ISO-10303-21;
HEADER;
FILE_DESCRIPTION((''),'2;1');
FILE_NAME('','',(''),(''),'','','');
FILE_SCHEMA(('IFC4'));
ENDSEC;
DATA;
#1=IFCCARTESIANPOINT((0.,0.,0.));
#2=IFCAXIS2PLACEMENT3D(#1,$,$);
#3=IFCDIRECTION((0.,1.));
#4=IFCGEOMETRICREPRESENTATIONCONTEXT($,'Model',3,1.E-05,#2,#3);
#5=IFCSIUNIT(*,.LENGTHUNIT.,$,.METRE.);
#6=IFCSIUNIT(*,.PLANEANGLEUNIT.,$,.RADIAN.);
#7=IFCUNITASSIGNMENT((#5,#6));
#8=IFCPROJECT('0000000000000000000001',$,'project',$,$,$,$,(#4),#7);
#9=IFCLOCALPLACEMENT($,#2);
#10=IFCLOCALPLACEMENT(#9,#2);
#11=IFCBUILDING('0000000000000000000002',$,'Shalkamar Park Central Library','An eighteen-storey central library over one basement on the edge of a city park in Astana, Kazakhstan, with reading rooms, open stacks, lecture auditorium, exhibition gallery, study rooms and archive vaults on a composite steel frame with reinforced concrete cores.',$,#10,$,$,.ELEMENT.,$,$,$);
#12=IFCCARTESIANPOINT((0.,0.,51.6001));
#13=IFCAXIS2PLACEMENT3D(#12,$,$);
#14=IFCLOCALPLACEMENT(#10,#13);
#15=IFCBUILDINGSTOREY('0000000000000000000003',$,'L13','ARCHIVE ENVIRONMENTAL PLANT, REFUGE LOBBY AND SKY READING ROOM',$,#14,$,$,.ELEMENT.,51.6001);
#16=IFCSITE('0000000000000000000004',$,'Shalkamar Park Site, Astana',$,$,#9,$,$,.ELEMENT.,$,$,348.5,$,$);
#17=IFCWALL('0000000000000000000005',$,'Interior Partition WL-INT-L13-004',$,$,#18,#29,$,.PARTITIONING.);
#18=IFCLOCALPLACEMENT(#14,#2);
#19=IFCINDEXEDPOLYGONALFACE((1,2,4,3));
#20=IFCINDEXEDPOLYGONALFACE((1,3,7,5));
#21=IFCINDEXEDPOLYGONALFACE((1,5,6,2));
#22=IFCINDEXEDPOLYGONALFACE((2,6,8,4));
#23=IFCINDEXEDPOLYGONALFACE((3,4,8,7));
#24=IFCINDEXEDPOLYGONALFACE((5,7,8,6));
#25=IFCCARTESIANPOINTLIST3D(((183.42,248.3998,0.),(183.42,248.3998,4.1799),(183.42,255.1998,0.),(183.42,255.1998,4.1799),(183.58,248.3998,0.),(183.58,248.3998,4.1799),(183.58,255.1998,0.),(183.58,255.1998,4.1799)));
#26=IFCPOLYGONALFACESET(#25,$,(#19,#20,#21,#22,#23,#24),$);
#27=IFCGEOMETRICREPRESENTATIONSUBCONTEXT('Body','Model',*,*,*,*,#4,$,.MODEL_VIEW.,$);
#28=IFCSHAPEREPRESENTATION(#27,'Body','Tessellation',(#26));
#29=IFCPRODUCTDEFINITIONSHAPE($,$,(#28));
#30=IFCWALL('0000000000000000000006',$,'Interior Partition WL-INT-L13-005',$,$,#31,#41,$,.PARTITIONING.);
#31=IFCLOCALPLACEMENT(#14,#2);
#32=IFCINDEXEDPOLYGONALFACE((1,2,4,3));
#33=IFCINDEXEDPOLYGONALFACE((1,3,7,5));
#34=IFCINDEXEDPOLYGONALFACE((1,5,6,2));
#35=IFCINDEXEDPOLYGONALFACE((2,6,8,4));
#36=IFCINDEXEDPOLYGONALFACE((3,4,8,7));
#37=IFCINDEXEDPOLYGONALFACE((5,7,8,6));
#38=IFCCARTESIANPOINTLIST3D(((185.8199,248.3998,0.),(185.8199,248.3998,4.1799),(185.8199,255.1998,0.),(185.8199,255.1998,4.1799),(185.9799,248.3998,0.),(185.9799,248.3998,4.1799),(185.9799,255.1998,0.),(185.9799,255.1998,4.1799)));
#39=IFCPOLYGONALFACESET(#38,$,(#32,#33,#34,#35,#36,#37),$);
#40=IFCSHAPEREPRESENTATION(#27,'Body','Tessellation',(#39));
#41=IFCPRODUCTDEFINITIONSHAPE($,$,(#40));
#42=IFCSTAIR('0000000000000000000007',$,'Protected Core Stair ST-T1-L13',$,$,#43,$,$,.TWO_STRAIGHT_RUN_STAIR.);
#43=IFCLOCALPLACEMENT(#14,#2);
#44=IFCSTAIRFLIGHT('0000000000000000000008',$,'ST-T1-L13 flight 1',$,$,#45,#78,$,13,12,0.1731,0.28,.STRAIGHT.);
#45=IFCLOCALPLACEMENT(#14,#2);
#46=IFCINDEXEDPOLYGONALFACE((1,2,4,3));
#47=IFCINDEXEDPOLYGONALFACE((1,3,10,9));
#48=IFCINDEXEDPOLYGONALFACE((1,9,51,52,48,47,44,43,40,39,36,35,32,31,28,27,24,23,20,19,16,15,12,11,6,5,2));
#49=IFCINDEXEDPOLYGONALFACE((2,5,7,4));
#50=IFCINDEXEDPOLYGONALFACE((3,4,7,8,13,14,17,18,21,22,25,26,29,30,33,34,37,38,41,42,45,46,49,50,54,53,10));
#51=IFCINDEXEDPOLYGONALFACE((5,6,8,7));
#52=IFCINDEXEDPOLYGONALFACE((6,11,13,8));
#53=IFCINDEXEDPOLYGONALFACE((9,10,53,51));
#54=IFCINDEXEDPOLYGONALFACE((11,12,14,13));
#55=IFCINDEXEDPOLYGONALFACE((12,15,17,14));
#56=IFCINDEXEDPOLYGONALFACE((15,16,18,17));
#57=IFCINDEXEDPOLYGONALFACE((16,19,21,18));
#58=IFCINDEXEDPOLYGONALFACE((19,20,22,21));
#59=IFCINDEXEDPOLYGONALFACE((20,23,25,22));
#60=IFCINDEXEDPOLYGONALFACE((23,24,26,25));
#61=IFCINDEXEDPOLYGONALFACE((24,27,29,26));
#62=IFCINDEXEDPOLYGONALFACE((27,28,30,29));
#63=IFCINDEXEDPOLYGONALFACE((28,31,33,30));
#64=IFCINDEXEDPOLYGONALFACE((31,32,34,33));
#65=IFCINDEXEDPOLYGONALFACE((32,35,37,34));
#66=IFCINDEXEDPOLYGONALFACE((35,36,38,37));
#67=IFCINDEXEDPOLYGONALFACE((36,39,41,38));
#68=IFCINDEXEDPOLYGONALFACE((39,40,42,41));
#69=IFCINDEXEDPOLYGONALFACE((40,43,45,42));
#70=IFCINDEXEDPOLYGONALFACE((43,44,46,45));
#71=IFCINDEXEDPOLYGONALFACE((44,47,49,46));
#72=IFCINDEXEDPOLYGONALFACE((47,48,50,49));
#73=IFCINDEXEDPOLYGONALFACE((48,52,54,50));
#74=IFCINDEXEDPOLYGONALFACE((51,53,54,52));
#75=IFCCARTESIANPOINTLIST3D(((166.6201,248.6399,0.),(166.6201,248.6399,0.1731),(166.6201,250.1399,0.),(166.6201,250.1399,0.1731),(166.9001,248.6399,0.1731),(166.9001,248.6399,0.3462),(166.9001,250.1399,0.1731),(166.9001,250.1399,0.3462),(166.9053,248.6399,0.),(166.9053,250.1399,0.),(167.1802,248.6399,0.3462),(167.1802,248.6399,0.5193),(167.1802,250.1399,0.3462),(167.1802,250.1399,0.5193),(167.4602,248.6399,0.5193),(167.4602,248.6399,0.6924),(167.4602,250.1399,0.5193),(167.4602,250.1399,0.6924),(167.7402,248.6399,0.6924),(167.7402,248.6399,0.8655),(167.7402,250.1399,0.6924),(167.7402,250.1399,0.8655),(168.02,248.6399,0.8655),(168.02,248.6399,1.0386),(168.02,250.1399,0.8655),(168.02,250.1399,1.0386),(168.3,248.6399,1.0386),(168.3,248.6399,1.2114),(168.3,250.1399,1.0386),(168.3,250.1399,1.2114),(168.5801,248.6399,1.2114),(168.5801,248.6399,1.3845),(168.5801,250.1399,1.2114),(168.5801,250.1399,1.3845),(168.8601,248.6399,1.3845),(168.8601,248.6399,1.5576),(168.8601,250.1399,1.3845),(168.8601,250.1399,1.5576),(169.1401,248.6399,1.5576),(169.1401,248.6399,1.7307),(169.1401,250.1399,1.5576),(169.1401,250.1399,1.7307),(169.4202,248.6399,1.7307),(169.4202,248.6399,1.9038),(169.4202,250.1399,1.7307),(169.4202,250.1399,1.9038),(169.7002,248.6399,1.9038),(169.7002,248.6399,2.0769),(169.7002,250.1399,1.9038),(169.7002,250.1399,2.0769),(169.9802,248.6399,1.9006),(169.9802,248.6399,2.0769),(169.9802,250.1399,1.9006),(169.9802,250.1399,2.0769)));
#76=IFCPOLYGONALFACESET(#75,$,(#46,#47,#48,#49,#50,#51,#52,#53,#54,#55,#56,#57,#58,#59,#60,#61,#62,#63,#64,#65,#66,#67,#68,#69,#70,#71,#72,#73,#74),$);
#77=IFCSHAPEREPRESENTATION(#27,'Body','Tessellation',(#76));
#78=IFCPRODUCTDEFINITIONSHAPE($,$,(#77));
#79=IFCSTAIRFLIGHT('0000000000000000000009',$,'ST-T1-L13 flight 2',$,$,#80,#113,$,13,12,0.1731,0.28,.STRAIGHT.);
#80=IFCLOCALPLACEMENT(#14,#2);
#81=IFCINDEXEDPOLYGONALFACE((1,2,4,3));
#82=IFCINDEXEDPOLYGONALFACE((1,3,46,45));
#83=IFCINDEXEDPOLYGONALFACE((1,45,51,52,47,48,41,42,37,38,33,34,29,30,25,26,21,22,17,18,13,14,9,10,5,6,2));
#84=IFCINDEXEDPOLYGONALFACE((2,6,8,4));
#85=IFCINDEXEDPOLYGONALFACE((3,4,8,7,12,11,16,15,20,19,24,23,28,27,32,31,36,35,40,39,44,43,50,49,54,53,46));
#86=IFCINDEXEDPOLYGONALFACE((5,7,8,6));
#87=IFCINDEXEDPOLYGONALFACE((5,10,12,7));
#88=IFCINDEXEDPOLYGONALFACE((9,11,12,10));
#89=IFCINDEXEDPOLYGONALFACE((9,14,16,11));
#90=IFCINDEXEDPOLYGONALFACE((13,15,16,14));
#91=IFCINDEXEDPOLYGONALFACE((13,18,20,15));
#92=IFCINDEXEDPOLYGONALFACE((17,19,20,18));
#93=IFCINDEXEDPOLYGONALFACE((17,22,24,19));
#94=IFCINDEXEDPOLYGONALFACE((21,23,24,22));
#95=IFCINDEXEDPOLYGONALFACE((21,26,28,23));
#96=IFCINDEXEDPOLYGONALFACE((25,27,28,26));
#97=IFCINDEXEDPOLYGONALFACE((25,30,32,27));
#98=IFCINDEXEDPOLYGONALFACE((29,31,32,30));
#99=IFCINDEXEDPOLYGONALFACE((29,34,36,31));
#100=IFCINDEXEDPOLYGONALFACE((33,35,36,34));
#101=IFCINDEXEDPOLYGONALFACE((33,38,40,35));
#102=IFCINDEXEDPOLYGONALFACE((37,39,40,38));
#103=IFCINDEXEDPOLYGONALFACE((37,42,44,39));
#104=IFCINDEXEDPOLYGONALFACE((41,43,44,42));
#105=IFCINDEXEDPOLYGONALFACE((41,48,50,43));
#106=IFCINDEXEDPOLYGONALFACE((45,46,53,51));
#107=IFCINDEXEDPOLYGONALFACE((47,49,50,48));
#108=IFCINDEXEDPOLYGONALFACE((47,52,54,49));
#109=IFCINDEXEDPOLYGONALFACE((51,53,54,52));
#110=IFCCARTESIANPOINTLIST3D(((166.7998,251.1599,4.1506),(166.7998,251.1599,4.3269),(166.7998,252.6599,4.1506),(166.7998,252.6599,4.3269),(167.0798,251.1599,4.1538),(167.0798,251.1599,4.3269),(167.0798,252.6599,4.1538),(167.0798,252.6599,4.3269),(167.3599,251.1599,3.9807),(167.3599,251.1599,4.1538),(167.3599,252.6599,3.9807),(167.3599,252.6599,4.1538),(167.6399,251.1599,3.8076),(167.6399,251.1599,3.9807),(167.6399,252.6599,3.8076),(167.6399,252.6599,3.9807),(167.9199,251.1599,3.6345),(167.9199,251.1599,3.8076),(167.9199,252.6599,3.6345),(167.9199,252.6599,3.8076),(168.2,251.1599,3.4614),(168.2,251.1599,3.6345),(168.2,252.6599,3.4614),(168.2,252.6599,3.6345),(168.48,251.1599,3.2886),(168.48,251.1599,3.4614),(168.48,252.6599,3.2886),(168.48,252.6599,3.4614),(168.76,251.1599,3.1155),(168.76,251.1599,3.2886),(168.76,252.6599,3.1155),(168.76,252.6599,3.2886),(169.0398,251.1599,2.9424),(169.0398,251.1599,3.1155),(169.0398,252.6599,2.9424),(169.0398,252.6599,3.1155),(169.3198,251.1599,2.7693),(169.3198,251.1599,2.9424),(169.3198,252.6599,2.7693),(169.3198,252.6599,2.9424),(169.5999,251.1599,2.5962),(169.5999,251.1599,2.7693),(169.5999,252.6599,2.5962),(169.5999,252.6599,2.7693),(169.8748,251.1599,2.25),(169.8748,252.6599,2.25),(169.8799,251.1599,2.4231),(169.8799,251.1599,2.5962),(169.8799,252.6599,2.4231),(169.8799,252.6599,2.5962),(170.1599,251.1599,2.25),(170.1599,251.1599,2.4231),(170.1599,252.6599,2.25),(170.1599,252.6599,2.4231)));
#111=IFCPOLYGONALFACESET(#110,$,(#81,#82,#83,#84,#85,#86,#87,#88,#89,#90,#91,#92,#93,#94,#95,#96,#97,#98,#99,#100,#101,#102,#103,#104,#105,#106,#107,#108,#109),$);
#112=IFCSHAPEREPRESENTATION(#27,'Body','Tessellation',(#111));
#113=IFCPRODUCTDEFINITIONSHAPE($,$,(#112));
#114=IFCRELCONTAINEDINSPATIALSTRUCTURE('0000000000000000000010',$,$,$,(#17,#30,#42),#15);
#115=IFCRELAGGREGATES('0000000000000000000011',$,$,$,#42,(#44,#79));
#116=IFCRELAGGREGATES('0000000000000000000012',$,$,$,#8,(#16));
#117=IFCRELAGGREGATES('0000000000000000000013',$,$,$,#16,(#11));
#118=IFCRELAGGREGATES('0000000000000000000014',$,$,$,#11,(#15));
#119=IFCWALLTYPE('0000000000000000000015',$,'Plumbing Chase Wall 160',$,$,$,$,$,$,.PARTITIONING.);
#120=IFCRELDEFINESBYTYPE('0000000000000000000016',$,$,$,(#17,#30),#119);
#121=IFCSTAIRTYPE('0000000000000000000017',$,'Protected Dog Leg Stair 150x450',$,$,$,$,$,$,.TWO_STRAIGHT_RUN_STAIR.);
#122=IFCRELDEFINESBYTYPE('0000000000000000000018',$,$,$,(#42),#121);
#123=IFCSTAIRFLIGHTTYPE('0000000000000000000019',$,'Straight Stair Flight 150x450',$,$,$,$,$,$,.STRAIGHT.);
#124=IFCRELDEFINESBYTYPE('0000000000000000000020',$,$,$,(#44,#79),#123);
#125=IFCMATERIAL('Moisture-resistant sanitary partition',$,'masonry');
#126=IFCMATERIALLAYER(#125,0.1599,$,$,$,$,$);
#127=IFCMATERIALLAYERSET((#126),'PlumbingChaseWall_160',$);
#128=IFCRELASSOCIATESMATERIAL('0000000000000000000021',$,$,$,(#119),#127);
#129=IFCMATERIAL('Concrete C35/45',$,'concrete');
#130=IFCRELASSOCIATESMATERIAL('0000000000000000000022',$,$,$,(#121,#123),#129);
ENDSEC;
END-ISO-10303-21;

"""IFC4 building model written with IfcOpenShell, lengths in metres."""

from ifc_helpers import new_model, si_unit, direction, frame, frame_2d, origin, place, context, subcontext, project, spatial, polyline, rectangle, outline, extrude, material, layer, layer_set, type_object, element, aggregate, save


model = new_model("IFC4")

# Units and contexts
model_context = context("Model", 3, precision=1e-05, world=origin(), true_north=direction((0.0, 1.0)))
body_context = subcontext(model_context, "Body", "Model", "MODEL_VIEW")
ifc_project = project(units=[si_unit("LENGTHUNIT", "METRE"), si_unit("PLANEANGLEUNIT", "RADIAN")], contexts=[model_context])

# Site, building, storey
site_placement = place(None, origin())
site = spatial("IfcSite", under=ifc_project, at=site_placement, Name="Shalkamar Park Site, Astana", CompositionType="ELEMENT", RefElevation=348.5)
building_placement = place(site_placement, origin())
building = spatial("IfcBuilding", under=site, at=building_placement, Name="Shalkamar Park Central Library", Description="An eighteen-storey central library over one basement on the edge of a city park in Astana, Kazakhstan, with reading rooms, open stacks, lecture auditorium, exhibition gallery, study rooms and archive vaults on a composite steel frame with reinforced concrete cores.", CompositionType="ELEMENT")
storey_placement = place(building_placement, frame((0.0, 0.0, 51.6001)))
storey = spatial("IfcBuildingStorey", under=building, at=storey_placement, Name="L13", Description="ARCHIVE ENVIRONMENTAL PLANT, REFUGE LOBBY AND SKY READING ROOM", CompositionType="ELEMENT", Elevation=51.6001)

# Walls
ifc_material_1 = material(Name="Moisture-resistant sanitary partition", Category="masonry")
ifc_layer_1 = layer(ifc_material_1, 0.1599)
ifc_layer_set_1 = layer_set([ifc_layer_1], Name="PlumbingChaseWall_160")
wall_type_1 = type_object("IfcWallType", Name="Plumbing Chase Wall 160", PredefinedType="PARTITIONING", material=ifc_layer_set_1)
for number, where, z_axis, x_axis, name in (
    (1, (183.5, 248.3999, 0.0), (0.0, 0.0, 1.0), (0.0, 1.0, 0.0), "Interior Partition WL-INT-L13-004"),
    (2, (185.8999, 248.3999, 0.0), (0.0, 0.0, 1.0), (0.0, 1.0, 0.0), "Interior Partition WL-INT-L13-005"),
):
    element("IfcWall", number, at=place(storey_placement, frame(where, z_axis=z_axis, x_axis=x_axis)), inside=storey, type_object=wall_type_1, Name=name, PredefinedType="PARTITIONING", context=body_context, shape_type="SweptSolid", body=[
        extrude(rectangle(XDim=6.8, YDim=0.1599, at=frame_2d((3.3999, 0.0))), origin(), (0.0, 0.0, 1.0), 4.1799),
    ])

# Stair, stair flights
ifc_material_2 = material(Name="Concrete C35/45", Category="concrete")
stair_type = type_object("IfcStairType", Name="Protected Dog Leg Stair 150x450", PredefinedType="TWO_STRAIGHT_RUN_STAIR", material=ifc_material_2)
stair_placement = place(storey_placement, origin())
stair = element("IfcStair", 3, at=stair_placement, inside=storey, type_object=stair_type, Name="Protected Core Stair ST-T1-L13", PredefinedType="TWO_STRAIGHT_RUN_STAIR")
stair_flight_type = type_object("IfcStairFlightType", Name="Straight Stair Flight 150x450", PredefinedType="STRAIGHT", material=ifc_material_2)
stair_flight_1_placement = place(storey_placement, frame((166.6201, 249.3899, 0.0), z_axis=(0.0, 0.0, 1.0), x_axis=(1.0, 0.0, 0.0)))
stair_flight_1 = element("IfcStairFlight", 4, at=stair_flight_1_placement, type_object=stair_flight_type, Name="ST-T1-L13 flight 1", NumberOfRisers=13, NumberOfTreads=12, PredefinedType="STRAIGHT", RiserHeight=0.1731, TreadLength=0.28, context=body_context, shape_type="SweptSolid", body=[
    extrude(outline(polyline([(0.0, 0.0), (0.0, 0.1731), (0.28, 0.1731), (0.28, 0.3462), (0.5601, 0.3462), (0.5601, 0.5193), (0.8401, 0.5193), (0.8401, 0.6924), (1.1201, 0.6924), (1.1201, 0.8655), (1.3999, 0.8655), (1.3999, 1.0386), (1.6799, 1.0386), (1.6799, 1.2114), (1.96, 1.2114), (1.96, 1.3845), (2.24, 1.3845), (2.24, 1.5576), (2.52, 1.5576), (2.52, 1.7307), (2.8, 1.7307), (2.8, 1.9038), (3.0801, 1.9038), (3.0801, 2.0769), (3.3601, 2.0769), (3.3601, 2.25), (3.3601, 1.9006), (0.2852, 0.0), (0.0, 0.0)])), frame((0.0, 0.75, 0.0), z_axis=(0.0, -1.0, 0.0), x_axis=(1.0, 0.0, 0.0)), (0.0, 0.0, 1.0), 1.5),
])
stair_flight_2_placement = place(storey_placement, frame((170.1599, 251.9099, 2.25), z_axis=(0.0, 0.0, 1.0), x_axis=(-1.0, 0.0, 0.0)))
stair_flight_2 = element("IfcStairFlight", 5, at=stair_flight_2_placement, type_object=stair_flight_type, Name="ST-T1-L13 flight 2", NumberOfRisers=13, NumberOfTreads=12, PredefinedType="STRAIGHT", RiserHeight=0.1731, TreadLength=0.28, context=body_context, shape_type="SweptSolid", body=[
    extrude(outline(polyline([(0.0, 0.0), (0.0, 0.1731), (0.28, 0.1731), (0.28, 0.3462), (0.5601, 0.3462), (0.5601, 0.5193), (0.8401, 0.5193), (0.8401, 0.6924), (1.1201, 0.6924), (1.1201, 0.8655), (1.3999, 0.8655), (1.3999, 1.0386), (1.6799, 1.0386), (1.6799, 1.2114), (1.96, 1.2114), (1.96, 1.3845), (2.24, 1.3845), (2.24, 1.5576), (2.52, 1.5576), (2.52, 1.7307), (2.8, 1.7307), (2.8, 1.9038), (3.0801, 1.9038), (3.0801, 2.0769), (3.3601, 2.0769), (3.3601, 2.25), (3.3601, 1.9006), (0.2852, 0.0), (0.0, 0.0)])), frame((0.0, 0.75, 0.0), z_axis=(0.0, -1.0, 0.0), x_axis=(1.0, 0.0, 0.0)), (0.0, 0.0, 1.0), 1.5),
])
aggregate(stair, [stair_flight_1, stair_flight_2])

save(model, "model.ifc")
